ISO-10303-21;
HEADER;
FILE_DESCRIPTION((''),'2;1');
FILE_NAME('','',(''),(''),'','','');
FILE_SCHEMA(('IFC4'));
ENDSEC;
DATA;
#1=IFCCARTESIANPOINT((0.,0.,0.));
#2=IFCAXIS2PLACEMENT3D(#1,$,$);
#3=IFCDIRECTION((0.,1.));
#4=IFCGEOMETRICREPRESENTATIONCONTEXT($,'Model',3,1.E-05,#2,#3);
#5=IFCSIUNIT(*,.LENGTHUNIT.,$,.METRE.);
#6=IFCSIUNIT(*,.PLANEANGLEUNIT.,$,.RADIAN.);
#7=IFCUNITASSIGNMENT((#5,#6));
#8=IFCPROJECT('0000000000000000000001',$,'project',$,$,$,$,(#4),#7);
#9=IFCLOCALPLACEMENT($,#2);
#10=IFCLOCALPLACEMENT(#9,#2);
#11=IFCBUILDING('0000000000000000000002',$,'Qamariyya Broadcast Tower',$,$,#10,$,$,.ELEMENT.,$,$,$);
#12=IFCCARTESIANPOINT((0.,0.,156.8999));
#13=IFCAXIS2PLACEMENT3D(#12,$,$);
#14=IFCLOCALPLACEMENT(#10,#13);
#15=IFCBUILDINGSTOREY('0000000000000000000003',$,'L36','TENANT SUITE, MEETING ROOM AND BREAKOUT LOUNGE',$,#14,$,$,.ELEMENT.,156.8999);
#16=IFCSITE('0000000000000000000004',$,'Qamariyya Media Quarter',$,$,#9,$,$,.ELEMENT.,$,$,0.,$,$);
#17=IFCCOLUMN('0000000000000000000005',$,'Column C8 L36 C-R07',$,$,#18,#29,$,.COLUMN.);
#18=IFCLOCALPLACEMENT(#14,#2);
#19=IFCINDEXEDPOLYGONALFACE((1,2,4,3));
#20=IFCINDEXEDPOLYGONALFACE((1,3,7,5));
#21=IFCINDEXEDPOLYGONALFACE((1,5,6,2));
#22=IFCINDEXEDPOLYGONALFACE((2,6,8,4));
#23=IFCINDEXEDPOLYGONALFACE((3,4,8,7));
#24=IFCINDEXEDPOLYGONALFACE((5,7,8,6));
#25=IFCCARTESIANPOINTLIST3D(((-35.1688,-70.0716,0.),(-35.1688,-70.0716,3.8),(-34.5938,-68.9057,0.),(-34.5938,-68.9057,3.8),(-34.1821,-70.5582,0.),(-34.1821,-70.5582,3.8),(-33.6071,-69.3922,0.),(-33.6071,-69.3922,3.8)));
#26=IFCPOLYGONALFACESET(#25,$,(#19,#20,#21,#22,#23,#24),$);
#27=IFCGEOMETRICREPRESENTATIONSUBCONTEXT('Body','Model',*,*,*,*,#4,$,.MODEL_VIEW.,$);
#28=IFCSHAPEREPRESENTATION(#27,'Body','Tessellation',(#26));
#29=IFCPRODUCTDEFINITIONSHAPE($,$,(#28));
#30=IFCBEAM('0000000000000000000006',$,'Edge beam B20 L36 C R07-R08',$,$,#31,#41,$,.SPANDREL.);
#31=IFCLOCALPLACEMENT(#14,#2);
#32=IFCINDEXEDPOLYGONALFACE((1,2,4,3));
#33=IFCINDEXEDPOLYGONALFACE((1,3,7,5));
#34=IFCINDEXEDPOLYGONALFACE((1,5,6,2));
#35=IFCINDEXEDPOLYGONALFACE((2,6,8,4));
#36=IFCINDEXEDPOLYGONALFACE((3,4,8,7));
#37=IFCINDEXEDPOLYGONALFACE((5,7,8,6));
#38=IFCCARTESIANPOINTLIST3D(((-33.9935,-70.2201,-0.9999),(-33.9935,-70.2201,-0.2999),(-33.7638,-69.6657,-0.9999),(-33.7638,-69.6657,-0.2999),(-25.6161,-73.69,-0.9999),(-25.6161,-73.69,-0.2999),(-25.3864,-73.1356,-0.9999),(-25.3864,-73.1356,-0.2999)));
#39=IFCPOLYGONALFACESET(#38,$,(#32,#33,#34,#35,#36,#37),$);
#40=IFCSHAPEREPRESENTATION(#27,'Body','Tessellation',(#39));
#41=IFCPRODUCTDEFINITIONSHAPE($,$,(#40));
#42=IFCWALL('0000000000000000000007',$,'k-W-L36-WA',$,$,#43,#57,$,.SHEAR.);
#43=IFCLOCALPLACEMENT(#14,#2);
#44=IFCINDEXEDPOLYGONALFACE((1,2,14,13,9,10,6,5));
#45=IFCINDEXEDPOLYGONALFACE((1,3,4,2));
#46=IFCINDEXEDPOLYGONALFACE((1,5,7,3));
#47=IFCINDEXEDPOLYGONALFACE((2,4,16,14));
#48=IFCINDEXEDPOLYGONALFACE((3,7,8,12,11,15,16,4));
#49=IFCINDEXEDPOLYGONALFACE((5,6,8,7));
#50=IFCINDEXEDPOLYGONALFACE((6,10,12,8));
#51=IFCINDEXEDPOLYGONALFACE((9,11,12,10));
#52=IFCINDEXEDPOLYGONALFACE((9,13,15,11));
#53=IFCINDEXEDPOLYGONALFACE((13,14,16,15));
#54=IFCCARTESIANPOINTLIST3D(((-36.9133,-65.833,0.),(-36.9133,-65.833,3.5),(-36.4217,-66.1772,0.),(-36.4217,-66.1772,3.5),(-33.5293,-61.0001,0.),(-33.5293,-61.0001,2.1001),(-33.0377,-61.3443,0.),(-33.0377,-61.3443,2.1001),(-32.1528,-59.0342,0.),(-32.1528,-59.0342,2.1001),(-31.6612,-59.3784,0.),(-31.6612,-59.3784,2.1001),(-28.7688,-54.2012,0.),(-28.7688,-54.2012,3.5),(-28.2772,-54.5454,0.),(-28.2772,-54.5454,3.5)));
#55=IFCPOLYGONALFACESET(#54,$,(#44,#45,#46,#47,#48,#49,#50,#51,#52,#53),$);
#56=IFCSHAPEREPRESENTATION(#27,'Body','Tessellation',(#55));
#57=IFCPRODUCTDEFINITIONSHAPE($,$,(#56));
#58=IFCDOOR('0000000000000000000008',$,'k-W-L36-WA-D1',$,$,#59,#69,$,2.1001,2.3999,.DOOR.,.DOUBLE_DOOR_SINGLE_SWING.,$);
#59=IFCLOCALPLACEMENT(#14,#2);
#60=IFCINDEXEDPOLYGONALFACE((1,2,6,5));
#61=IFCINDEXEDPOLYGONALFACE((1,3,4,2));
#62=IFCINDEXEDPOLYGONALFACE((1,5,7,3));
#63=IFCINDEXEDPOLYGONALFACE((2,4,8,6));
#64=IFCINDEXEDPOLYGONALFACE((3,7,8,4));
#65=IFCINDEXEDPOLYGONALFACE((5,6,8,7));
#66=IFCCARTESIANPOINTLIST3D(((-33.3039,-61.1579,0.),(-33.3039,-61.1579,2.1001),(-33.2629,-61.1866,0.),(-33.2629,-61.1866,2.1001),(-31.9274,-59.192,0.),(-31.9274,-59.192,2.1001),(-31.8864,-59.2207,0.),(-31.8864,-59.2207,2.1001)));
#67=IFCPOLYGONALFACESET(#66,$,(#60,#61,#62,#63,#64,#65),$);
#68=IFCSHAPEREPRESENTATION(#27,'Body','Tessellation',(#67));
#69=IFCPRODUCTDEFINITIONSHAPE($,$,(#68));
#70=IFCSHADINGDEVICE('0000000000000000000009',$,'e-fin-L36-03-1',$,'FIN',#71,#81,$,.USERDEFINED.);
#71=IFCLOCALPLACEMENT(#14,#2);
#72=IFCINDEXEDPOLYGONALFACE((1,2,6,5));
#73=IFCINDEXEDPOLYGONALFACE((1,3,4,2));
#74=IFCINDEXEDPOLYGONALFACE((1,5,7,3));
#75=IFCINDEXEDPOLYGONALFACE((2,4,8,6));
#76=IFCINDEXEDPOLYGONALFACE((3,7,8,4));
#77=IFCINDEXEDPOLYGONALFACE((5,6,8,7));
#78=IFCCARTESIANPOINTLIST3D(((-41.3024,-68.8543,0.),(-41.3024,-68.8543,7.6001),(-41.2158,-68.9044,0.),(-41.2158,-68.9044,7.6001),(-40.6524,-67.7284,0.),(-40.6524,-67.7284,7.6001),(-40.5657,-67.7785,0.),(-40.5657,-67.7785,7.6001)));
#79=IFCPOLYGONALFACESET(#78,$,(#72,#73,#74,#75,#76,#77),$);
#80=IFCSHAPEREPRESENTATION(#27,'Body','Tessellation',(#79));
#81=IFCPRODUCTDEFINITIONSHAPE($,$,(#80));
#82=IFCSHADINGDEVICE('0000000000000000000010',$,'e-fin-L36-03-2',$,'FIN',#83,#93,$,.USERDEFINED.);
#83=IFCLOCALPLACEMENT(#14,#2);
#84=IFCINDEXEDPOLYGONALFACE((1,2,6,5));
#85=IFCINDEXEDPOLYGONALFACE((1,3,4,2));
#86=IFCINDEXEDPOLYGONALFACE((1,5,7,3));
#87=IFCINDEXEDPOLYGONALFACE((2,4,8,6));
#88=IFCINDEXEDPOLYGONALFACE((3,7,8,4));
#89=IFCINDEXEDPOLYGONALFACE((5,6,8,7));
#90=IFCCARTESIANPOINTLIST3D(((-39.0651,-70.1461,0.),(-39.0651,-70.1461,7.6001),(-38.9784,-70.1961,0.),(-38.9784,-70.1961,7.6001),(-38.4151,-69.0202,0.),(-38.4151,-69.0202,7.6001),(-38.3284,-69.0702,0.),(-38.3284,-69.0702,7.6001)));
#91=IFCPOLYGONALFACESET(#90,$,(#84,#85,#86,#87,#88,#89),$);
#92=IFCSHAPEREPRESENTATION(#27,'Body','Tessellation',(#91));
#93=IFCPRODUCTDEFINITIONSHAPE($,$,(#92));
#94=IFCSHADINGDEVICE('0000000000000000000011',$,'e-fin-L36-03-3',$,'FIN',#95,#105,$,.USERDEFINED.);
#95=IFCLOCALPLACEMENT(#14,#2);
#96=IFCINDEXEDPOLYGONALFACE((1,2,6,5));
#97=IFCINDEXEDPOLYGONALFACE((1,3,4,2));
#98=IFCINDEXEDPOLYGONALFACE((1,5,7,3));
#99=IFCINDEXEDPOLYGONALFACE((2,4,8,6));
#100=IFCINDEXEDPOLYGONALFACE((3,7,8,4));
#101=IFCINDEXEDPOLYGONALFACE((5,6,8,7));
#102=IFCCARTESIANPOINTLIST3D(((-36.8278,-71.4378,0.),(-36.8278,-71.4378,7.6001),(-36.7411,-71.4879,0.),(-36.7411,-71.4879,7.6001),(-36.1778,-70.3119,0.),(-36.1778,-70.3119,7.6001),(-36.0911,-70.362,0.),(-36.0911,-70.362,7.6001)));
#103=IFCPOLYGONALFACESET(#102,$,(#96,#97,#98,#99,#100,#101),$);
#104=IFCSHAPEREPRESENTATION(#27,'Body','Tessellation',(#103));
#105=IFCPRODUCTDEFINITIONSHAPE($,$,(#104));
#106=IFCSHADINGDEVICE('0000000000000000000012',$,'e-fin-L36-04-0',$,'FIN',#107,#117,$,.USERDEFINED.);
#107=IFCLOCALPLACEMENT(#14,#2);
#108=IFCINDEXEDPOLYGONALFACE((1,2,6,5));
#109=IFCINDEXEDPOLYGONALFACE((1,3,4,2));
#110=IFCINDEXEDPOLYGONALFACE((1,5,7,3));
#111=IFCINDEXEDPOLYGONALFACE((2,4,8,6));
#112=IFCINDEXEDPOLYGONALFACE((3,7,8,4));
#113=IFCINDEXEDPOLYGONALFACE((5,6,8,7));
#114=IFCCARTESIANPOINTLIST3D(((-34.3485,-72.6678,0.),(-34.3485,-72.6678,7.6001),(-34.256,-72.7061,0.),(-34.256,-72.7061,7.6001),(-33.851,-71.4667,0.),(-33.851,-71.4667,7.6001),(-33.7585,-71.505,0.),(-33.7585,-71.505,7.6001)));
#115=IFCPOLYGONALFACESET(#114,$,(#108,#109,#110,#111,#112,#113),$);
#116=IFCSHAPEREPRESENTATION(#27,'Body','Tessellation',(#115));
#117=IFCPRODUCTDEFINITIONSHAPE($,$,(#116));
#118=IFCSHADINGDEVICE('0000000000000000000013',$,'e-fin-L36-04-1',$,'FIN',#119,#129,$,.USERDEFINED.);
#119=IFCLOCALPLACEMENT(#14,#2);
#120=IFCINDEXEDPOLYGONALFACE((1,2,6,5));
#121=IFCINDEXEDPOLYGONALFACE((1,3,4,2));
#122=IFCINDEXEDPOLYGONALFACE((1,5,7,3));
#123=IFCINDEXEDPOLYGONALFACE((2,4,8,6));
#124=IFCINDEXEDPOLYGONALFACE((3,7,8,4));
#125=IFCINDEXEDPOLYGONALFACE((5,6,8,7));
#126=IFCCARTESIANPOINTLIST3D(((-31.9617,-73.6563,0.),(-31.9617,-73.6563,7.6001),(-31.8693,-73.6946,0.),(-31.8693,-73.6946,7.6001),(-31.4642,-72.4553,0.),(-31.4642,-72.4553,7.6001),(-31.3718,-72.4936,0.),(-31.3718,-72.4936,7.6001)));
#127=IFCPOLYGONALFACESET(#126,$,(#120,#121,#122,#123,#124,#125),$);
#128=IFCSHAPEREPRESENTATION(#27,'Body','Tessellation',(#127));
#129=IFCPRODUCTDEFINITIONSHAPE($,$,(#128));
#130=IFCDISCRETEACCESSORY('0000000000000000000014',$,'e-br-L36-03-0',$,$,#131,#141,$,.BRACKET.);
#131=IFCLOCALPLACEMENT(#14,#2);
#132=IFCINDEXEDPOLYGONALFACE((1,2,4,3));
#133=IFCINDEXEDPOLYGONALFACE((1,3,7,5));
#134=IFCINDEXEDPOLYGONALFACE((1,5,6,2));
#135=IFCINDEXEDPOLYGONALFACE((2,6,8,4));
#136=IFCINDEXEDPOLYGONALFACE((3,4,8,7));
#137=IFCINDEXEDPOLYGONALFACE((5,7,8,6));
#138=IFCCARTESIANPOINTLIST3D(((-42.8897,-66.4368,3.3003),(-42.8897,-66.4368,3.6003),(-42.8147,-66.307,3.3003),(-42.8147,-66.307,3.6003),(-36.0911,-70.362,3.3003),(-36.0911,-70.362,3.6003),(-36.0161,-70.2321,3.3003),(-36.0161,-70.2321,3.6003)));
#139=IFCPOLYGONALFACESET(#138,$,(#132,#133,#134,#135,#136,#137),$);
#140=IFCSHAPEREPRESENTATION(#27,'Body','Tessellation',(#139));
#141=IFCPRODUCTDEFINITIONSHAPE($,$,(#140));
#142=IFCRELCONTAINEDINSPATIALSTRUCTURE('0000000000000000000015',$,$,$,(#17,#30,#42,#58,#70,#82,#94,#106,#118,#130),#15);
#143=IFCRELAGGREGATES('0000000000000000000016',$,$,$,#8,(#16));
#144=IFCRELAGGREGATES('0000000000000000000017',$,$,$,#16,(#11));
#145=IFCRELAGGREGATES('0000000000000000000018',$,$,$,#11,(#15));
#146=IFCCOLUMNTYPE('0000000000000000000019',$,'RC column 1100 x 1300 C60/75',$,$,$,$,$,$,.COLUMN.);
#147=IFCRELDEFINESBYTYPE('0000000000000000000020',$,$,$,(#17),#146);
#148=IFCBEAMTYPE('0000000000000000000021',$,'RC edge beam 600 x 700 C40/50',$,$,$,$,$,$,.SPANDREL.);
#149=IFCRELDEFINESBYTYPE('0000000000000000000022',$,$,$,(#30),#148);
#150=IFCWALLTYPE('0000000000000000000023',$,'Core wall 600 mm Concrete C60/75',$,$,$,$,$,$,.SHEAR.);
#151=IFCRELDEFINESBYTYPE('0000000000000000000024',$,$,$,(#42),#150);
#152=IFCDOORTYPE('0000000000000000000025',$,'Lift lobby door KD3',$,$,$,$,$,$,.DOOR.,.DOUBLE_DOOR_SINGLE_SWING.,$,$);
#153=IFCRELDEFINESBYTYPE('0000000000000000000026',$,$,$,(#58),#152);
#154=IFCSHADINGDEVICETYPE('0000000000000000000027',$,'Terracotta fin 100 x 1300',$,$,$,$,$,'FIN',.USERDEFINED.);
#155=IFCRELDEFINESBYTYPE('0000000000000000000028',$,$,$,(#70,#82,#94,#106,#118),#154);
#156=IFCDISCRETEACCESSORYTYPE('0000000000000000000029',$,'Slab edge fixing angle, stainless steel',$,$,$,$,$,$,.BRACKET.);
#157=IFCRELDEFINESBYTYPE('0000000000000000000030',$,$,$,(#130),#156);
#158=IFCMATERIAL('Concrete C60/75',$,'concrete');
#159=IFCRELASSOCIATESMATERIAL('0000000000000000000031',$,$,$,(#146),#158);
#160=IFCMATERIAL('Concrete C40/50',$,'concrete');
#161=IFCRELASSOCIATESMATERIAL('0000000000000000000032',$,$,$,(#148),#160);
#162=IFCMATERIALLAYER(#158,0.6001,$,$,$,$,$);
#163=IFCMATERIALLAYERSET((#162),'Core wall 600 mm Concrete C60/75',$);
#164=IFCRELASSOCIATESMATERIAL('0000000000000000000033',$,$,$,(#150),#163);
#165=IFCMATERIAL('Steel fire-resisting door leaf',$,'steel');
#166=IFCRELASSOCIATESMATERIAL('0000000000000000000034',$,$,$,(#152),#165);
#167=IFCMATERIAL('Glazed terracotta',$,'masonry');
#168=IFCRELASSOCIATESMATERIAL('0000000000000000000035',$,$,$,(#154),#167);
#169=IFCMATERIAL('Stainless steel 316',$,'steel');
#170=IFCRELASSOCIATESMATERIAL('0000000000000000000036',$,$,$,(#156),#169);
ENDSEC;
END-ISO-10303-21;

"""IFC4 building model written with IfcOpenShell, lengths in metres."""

from ifc_helpers import new_model, si_unit, direction, frame, frame_2d, origin, origin_2d, place, context, subcontext, project, spatial, rectangle, extrude, material, layer, layer_set, material_profile, profile_set, type_object, element, fill, save


model = new_model("IFC4")

# Units and contexts
model_context = context("Model", 3, precision=1e-05, world=origin(), true_north=direction((0.0, 1.0)))
body_context = subcontext(model_context, "Body", "Model", "MODEL_VIEW")
ifc_project = project(units=[si_unit("LENGTHUNIT", "METRE"), si_unit("PLANEANGLEUNIT", "RADIAN")], contexts=[model_context])

# Site, building, storey
site_placement = place(None, origin())
site = spatial("IfcSite", under=ifc_project, at=site_placement, Name="Qamariyya Media Quarter", CompositionType="ELEMENT", RefElevation=0.0)
building_placement = place(site_placement, origin())
building = spatial("IfcBuilding", under=site, at=building_placement, Name="Qamariyya Broadcast Tower", CompositionType="ELEMENT")
storey_placement = place(building_placement, frame((0.0, 0.0, 156.8999)))
storey = spatial("IfcBuildingStorey", under=building, at=storey_placement, Name="L36", Description="TENANT SUITE, MEETING ROOM AND BREAKOUT LOUNGE", CompositionType="ELEMENT", Elevation=156.8999)

# Column
ifc_material_1 = material(Name="Concrete C60/75", Category="concrete")
ifc_material_profile_1 = material_profile(ifc_material_1, rectangle(XDim=1.1001, YDim=1.3, at=origin_2d()))
ifc_profile_set_1 = profile_set([ifc_material_profile_1], Name="Concrete C60/75")
column_type = type_object("IfcColumnType", Name="RC column 1100 x 1300 C60/75", PredefinedType="COLUMN", material=ifc_profile_set_1)
column_placement = place(storey_placement, frame((-34.3879, -69.7319, 0.0), z_axis=(0.0, 0.0, 1.0), x_axis=(0.896873, -0.442289, 0.0)))
element("IfcColumn", 1, at=column_placement, inside=storey, type_object=column_type, Name="Column C8 L36 C-R07", PredefinedType="COLUMN", context=body_context, shape_type="SweptSolid", body=[
    extrude(rectangle(XDim=1.1001, YDim=1.3, at=origin_2d()), origin(), (0.0, 0.0, 1.0), 3.8),
])

# Beam
ifc_material_2 = material(Name="Concrete C40/50", Category="concrete")
ifc_material_profile_2 = material_profile(ifc_material_2, rectangle(XDim=0.6001, YDim=0.7, at=origin_2d()))
ifc_profile_set_2 = profile_set([ifc_material_profile_2], Name="Concrete C40/50")
beam_type = type_object("IfcBeamType", Name="RC edge beam 600 x 700 C40/50", PredefinedType="SPANDREL", material=ifc_profile_set_2)
beam_placement = place(storey_placement, frame((-33.8787, -69.9429, -0.6499), z_axis=(0.923883, -0.382676, 0.0), x_axis=(0.382676, 0.923883, 0.0)))
element("IfcBeam", 2, at=beam_placement, inside=storey, type_object=beam_type, Name="Edge beam B20 L36 C R07-R08", PredefinedType="SPANDREL", context=body_context, shape_type="SweptSolid", body=[
    extrude(rectangle(XDim=0.6001, YDim=0.7, at=origin_2d()), origin(), (0.0, 0.0, 1.0), 9.0676),
])

# Wall, opening, door
ifc_layer = layer(ifc_material_1, 0.6001)
ifc_layer_set = layer_set([ifc_layer], Name="Core wall 600 mm Concrete C60/75")
wall_type = type_object("IfcWallType", Name="Core wall 600 mm Concrete C60/75", PredefinedType="SHEAR", material=ifc_layer_set)
wall_placement = place(storey_placement, frame((-36.6675, -66.0051, 0.0), z_axis=(0.0, 0.0, 1.0), x_axis=(0.573568, 0.819158, 0.0)))
wall = element("IfcWall", 3, at=wall_placement, inside=storey, type_object=wall_type, Name="k-W-L36-WA", PredefinedType="SHEAR", context=body_context, shape_type="SweptSolid", body=[
    extrude(rectangle(XDim=14.1997, YDim=0.6001, at=frame_2d((7.0999, 0.0))), origin(), (0.0, 0.0, 1.0), 3.5),
])
opening_placement = place(wall_placement, frame((5.8999, 0.0, 0.0)))
opening = element("IfcOpeningElement", 4, at=opening_placement, cuts=wall, PredefinedType="OPENING", context=body_context, shape_type="SweptSolid", body=[
    extrude(rectangle(XDim=2.3999, YDim=2.1001, at=frame_2d((1.2, 1.05))), frame((0.0, 0.3101, 0.0), z_axis=(0.0, -1.0, 0.0), x_axis=(1.0, 0.0, 0.0)), (0.0, 0.0, 1.0), 0.6201),
])
ifc_material_3 = material(Name="Steel fire-resisting door leaf", Category="steel")
door_type = type_object("IfcDoorType", Name="Lift lobby door KD3", OperationType="DOUBLE_DOOR_SINGLE_SWING", PredefinedType="DOOR", material=ifc_material_3)
door_placement = place(opening_placement, origin())
door = element("IfcDoor", 5, at=door_placement, inside=storey, type_object=door_type, Name="k-W-L36-WA-D1", OperationType="DOUBLE_DOOR_SINGLE_SWING", OverallHeight=2.1001, OverallWidth=2.3999, PredefinedType="DOOR", context=body_context, shape_type="SweptSolid", body=[
    extrude(rectangle(XDim=2.3999, YDim=2.1001, at=frame_2d((1.2, 1.05))), frame((0.0, 0.0249, 0.0), z_axis=(0.0, -1.0, 0.0), x_axis=(1.0, 0.0, 0.0)), (0.0, 0.0, 1.0), 0.05),
])
fill(opening, door)

# Shading devices
ifc_material_4 = material(Name="Glazed terracotta", Category="masonry")
ifc_material_profile_3 = material_profile(ifc_material_4, rectangle(XDim=1.3, YDim=0.1001, at=origin_2d()))
ifc_profile_set_3 = profile_set([ifc_material_profile_3], Name="Glazed terracotta")
shading_device_type = type_object("IfcShadingDeviceType", Name="Terracotta fin 100 x 1300", ElementType="FIN", PredefinedType="USERDEFINED", material=ifc_profile_set_3)
for number, where, z_axis, x_axis, name in (
    (6, (-40.9341, -68.3164, 0.0), (0.0, 0.0, 1.0), (-0.5, -0.866025, 0.0), "e-fin-L36-03-1"),
    (7, (-38.6968, -69.6082, 0.0), (0.0, 0.0, 1.0), (-0.5, -0.866025, 0.0), "e-fin-L36-03-2"),
    (8, (-36.4595, -70.8999, 0.0), (0.0, 0.0, 1.0), (-0.5, -0.866025, 0.0), "e-fin-L36-03-3"),
    (9, (-34.0535, -72.0864, 0.0), (0.0, 0.0, 1.0), (-0.382683, -0.92388, 0.0), "e-fin-L36-04-0"),
    (10, (-31.6667, -73.075, 0.0), (0.0, 0.0, 1.0), (-0.382683, -0.92388, 0.0), "e-fin-L36-04-1"),
):
    element("IfcShadingDevice", number, at=place(storey_placement, frame(where, z_axis=z_axis, x_axis=x_axis)), inside=storey, type_object=shading_device_type, Name=name, ObjectType="FIN", PredefinedType="USERDEFINED", context=body_context, shape_type="SweptSolid", body=[
        extrude(rectangle(XDim=1.3, YDim=0.1001, at=origin_2d()), origin(), (0.0, 0.0, 1.0), 7.6001),
    ])

# Discrete accessory
ifc_material_5 = material(Name="Stainless steel 316", Category="steel")
discrete_accessory_type = type_object("IfcDiscreteAccessoryType", Name="Slab edge fixing angle, stainless steel", PredefinedType="BRACKET", material=ifc_material_5)
discrete_accessory_placement = place(storey_placement, frame((-39.4529, -68.3345, 3.3003), z_axis=(0.0, 0.0, 1.0), x_axis=(0.866025, -0.5, 0.0)))
element("IfcDiscreteAccessory", 11, at=discrete_accessory_placement, inside=storey, type_object=discrete_accessory_type, Name="e-br-L36-03-0", PredefinedType="BRACKET", context=body_context, shape_type="SweptSolid", body=[
    extrude(rectangle(XDim=7.8503, YDim=0.1499, at=origin_2d()), origin(), (0.0, 0.0, 1.0), 0.3),
])

save(model, "model.ifc")
